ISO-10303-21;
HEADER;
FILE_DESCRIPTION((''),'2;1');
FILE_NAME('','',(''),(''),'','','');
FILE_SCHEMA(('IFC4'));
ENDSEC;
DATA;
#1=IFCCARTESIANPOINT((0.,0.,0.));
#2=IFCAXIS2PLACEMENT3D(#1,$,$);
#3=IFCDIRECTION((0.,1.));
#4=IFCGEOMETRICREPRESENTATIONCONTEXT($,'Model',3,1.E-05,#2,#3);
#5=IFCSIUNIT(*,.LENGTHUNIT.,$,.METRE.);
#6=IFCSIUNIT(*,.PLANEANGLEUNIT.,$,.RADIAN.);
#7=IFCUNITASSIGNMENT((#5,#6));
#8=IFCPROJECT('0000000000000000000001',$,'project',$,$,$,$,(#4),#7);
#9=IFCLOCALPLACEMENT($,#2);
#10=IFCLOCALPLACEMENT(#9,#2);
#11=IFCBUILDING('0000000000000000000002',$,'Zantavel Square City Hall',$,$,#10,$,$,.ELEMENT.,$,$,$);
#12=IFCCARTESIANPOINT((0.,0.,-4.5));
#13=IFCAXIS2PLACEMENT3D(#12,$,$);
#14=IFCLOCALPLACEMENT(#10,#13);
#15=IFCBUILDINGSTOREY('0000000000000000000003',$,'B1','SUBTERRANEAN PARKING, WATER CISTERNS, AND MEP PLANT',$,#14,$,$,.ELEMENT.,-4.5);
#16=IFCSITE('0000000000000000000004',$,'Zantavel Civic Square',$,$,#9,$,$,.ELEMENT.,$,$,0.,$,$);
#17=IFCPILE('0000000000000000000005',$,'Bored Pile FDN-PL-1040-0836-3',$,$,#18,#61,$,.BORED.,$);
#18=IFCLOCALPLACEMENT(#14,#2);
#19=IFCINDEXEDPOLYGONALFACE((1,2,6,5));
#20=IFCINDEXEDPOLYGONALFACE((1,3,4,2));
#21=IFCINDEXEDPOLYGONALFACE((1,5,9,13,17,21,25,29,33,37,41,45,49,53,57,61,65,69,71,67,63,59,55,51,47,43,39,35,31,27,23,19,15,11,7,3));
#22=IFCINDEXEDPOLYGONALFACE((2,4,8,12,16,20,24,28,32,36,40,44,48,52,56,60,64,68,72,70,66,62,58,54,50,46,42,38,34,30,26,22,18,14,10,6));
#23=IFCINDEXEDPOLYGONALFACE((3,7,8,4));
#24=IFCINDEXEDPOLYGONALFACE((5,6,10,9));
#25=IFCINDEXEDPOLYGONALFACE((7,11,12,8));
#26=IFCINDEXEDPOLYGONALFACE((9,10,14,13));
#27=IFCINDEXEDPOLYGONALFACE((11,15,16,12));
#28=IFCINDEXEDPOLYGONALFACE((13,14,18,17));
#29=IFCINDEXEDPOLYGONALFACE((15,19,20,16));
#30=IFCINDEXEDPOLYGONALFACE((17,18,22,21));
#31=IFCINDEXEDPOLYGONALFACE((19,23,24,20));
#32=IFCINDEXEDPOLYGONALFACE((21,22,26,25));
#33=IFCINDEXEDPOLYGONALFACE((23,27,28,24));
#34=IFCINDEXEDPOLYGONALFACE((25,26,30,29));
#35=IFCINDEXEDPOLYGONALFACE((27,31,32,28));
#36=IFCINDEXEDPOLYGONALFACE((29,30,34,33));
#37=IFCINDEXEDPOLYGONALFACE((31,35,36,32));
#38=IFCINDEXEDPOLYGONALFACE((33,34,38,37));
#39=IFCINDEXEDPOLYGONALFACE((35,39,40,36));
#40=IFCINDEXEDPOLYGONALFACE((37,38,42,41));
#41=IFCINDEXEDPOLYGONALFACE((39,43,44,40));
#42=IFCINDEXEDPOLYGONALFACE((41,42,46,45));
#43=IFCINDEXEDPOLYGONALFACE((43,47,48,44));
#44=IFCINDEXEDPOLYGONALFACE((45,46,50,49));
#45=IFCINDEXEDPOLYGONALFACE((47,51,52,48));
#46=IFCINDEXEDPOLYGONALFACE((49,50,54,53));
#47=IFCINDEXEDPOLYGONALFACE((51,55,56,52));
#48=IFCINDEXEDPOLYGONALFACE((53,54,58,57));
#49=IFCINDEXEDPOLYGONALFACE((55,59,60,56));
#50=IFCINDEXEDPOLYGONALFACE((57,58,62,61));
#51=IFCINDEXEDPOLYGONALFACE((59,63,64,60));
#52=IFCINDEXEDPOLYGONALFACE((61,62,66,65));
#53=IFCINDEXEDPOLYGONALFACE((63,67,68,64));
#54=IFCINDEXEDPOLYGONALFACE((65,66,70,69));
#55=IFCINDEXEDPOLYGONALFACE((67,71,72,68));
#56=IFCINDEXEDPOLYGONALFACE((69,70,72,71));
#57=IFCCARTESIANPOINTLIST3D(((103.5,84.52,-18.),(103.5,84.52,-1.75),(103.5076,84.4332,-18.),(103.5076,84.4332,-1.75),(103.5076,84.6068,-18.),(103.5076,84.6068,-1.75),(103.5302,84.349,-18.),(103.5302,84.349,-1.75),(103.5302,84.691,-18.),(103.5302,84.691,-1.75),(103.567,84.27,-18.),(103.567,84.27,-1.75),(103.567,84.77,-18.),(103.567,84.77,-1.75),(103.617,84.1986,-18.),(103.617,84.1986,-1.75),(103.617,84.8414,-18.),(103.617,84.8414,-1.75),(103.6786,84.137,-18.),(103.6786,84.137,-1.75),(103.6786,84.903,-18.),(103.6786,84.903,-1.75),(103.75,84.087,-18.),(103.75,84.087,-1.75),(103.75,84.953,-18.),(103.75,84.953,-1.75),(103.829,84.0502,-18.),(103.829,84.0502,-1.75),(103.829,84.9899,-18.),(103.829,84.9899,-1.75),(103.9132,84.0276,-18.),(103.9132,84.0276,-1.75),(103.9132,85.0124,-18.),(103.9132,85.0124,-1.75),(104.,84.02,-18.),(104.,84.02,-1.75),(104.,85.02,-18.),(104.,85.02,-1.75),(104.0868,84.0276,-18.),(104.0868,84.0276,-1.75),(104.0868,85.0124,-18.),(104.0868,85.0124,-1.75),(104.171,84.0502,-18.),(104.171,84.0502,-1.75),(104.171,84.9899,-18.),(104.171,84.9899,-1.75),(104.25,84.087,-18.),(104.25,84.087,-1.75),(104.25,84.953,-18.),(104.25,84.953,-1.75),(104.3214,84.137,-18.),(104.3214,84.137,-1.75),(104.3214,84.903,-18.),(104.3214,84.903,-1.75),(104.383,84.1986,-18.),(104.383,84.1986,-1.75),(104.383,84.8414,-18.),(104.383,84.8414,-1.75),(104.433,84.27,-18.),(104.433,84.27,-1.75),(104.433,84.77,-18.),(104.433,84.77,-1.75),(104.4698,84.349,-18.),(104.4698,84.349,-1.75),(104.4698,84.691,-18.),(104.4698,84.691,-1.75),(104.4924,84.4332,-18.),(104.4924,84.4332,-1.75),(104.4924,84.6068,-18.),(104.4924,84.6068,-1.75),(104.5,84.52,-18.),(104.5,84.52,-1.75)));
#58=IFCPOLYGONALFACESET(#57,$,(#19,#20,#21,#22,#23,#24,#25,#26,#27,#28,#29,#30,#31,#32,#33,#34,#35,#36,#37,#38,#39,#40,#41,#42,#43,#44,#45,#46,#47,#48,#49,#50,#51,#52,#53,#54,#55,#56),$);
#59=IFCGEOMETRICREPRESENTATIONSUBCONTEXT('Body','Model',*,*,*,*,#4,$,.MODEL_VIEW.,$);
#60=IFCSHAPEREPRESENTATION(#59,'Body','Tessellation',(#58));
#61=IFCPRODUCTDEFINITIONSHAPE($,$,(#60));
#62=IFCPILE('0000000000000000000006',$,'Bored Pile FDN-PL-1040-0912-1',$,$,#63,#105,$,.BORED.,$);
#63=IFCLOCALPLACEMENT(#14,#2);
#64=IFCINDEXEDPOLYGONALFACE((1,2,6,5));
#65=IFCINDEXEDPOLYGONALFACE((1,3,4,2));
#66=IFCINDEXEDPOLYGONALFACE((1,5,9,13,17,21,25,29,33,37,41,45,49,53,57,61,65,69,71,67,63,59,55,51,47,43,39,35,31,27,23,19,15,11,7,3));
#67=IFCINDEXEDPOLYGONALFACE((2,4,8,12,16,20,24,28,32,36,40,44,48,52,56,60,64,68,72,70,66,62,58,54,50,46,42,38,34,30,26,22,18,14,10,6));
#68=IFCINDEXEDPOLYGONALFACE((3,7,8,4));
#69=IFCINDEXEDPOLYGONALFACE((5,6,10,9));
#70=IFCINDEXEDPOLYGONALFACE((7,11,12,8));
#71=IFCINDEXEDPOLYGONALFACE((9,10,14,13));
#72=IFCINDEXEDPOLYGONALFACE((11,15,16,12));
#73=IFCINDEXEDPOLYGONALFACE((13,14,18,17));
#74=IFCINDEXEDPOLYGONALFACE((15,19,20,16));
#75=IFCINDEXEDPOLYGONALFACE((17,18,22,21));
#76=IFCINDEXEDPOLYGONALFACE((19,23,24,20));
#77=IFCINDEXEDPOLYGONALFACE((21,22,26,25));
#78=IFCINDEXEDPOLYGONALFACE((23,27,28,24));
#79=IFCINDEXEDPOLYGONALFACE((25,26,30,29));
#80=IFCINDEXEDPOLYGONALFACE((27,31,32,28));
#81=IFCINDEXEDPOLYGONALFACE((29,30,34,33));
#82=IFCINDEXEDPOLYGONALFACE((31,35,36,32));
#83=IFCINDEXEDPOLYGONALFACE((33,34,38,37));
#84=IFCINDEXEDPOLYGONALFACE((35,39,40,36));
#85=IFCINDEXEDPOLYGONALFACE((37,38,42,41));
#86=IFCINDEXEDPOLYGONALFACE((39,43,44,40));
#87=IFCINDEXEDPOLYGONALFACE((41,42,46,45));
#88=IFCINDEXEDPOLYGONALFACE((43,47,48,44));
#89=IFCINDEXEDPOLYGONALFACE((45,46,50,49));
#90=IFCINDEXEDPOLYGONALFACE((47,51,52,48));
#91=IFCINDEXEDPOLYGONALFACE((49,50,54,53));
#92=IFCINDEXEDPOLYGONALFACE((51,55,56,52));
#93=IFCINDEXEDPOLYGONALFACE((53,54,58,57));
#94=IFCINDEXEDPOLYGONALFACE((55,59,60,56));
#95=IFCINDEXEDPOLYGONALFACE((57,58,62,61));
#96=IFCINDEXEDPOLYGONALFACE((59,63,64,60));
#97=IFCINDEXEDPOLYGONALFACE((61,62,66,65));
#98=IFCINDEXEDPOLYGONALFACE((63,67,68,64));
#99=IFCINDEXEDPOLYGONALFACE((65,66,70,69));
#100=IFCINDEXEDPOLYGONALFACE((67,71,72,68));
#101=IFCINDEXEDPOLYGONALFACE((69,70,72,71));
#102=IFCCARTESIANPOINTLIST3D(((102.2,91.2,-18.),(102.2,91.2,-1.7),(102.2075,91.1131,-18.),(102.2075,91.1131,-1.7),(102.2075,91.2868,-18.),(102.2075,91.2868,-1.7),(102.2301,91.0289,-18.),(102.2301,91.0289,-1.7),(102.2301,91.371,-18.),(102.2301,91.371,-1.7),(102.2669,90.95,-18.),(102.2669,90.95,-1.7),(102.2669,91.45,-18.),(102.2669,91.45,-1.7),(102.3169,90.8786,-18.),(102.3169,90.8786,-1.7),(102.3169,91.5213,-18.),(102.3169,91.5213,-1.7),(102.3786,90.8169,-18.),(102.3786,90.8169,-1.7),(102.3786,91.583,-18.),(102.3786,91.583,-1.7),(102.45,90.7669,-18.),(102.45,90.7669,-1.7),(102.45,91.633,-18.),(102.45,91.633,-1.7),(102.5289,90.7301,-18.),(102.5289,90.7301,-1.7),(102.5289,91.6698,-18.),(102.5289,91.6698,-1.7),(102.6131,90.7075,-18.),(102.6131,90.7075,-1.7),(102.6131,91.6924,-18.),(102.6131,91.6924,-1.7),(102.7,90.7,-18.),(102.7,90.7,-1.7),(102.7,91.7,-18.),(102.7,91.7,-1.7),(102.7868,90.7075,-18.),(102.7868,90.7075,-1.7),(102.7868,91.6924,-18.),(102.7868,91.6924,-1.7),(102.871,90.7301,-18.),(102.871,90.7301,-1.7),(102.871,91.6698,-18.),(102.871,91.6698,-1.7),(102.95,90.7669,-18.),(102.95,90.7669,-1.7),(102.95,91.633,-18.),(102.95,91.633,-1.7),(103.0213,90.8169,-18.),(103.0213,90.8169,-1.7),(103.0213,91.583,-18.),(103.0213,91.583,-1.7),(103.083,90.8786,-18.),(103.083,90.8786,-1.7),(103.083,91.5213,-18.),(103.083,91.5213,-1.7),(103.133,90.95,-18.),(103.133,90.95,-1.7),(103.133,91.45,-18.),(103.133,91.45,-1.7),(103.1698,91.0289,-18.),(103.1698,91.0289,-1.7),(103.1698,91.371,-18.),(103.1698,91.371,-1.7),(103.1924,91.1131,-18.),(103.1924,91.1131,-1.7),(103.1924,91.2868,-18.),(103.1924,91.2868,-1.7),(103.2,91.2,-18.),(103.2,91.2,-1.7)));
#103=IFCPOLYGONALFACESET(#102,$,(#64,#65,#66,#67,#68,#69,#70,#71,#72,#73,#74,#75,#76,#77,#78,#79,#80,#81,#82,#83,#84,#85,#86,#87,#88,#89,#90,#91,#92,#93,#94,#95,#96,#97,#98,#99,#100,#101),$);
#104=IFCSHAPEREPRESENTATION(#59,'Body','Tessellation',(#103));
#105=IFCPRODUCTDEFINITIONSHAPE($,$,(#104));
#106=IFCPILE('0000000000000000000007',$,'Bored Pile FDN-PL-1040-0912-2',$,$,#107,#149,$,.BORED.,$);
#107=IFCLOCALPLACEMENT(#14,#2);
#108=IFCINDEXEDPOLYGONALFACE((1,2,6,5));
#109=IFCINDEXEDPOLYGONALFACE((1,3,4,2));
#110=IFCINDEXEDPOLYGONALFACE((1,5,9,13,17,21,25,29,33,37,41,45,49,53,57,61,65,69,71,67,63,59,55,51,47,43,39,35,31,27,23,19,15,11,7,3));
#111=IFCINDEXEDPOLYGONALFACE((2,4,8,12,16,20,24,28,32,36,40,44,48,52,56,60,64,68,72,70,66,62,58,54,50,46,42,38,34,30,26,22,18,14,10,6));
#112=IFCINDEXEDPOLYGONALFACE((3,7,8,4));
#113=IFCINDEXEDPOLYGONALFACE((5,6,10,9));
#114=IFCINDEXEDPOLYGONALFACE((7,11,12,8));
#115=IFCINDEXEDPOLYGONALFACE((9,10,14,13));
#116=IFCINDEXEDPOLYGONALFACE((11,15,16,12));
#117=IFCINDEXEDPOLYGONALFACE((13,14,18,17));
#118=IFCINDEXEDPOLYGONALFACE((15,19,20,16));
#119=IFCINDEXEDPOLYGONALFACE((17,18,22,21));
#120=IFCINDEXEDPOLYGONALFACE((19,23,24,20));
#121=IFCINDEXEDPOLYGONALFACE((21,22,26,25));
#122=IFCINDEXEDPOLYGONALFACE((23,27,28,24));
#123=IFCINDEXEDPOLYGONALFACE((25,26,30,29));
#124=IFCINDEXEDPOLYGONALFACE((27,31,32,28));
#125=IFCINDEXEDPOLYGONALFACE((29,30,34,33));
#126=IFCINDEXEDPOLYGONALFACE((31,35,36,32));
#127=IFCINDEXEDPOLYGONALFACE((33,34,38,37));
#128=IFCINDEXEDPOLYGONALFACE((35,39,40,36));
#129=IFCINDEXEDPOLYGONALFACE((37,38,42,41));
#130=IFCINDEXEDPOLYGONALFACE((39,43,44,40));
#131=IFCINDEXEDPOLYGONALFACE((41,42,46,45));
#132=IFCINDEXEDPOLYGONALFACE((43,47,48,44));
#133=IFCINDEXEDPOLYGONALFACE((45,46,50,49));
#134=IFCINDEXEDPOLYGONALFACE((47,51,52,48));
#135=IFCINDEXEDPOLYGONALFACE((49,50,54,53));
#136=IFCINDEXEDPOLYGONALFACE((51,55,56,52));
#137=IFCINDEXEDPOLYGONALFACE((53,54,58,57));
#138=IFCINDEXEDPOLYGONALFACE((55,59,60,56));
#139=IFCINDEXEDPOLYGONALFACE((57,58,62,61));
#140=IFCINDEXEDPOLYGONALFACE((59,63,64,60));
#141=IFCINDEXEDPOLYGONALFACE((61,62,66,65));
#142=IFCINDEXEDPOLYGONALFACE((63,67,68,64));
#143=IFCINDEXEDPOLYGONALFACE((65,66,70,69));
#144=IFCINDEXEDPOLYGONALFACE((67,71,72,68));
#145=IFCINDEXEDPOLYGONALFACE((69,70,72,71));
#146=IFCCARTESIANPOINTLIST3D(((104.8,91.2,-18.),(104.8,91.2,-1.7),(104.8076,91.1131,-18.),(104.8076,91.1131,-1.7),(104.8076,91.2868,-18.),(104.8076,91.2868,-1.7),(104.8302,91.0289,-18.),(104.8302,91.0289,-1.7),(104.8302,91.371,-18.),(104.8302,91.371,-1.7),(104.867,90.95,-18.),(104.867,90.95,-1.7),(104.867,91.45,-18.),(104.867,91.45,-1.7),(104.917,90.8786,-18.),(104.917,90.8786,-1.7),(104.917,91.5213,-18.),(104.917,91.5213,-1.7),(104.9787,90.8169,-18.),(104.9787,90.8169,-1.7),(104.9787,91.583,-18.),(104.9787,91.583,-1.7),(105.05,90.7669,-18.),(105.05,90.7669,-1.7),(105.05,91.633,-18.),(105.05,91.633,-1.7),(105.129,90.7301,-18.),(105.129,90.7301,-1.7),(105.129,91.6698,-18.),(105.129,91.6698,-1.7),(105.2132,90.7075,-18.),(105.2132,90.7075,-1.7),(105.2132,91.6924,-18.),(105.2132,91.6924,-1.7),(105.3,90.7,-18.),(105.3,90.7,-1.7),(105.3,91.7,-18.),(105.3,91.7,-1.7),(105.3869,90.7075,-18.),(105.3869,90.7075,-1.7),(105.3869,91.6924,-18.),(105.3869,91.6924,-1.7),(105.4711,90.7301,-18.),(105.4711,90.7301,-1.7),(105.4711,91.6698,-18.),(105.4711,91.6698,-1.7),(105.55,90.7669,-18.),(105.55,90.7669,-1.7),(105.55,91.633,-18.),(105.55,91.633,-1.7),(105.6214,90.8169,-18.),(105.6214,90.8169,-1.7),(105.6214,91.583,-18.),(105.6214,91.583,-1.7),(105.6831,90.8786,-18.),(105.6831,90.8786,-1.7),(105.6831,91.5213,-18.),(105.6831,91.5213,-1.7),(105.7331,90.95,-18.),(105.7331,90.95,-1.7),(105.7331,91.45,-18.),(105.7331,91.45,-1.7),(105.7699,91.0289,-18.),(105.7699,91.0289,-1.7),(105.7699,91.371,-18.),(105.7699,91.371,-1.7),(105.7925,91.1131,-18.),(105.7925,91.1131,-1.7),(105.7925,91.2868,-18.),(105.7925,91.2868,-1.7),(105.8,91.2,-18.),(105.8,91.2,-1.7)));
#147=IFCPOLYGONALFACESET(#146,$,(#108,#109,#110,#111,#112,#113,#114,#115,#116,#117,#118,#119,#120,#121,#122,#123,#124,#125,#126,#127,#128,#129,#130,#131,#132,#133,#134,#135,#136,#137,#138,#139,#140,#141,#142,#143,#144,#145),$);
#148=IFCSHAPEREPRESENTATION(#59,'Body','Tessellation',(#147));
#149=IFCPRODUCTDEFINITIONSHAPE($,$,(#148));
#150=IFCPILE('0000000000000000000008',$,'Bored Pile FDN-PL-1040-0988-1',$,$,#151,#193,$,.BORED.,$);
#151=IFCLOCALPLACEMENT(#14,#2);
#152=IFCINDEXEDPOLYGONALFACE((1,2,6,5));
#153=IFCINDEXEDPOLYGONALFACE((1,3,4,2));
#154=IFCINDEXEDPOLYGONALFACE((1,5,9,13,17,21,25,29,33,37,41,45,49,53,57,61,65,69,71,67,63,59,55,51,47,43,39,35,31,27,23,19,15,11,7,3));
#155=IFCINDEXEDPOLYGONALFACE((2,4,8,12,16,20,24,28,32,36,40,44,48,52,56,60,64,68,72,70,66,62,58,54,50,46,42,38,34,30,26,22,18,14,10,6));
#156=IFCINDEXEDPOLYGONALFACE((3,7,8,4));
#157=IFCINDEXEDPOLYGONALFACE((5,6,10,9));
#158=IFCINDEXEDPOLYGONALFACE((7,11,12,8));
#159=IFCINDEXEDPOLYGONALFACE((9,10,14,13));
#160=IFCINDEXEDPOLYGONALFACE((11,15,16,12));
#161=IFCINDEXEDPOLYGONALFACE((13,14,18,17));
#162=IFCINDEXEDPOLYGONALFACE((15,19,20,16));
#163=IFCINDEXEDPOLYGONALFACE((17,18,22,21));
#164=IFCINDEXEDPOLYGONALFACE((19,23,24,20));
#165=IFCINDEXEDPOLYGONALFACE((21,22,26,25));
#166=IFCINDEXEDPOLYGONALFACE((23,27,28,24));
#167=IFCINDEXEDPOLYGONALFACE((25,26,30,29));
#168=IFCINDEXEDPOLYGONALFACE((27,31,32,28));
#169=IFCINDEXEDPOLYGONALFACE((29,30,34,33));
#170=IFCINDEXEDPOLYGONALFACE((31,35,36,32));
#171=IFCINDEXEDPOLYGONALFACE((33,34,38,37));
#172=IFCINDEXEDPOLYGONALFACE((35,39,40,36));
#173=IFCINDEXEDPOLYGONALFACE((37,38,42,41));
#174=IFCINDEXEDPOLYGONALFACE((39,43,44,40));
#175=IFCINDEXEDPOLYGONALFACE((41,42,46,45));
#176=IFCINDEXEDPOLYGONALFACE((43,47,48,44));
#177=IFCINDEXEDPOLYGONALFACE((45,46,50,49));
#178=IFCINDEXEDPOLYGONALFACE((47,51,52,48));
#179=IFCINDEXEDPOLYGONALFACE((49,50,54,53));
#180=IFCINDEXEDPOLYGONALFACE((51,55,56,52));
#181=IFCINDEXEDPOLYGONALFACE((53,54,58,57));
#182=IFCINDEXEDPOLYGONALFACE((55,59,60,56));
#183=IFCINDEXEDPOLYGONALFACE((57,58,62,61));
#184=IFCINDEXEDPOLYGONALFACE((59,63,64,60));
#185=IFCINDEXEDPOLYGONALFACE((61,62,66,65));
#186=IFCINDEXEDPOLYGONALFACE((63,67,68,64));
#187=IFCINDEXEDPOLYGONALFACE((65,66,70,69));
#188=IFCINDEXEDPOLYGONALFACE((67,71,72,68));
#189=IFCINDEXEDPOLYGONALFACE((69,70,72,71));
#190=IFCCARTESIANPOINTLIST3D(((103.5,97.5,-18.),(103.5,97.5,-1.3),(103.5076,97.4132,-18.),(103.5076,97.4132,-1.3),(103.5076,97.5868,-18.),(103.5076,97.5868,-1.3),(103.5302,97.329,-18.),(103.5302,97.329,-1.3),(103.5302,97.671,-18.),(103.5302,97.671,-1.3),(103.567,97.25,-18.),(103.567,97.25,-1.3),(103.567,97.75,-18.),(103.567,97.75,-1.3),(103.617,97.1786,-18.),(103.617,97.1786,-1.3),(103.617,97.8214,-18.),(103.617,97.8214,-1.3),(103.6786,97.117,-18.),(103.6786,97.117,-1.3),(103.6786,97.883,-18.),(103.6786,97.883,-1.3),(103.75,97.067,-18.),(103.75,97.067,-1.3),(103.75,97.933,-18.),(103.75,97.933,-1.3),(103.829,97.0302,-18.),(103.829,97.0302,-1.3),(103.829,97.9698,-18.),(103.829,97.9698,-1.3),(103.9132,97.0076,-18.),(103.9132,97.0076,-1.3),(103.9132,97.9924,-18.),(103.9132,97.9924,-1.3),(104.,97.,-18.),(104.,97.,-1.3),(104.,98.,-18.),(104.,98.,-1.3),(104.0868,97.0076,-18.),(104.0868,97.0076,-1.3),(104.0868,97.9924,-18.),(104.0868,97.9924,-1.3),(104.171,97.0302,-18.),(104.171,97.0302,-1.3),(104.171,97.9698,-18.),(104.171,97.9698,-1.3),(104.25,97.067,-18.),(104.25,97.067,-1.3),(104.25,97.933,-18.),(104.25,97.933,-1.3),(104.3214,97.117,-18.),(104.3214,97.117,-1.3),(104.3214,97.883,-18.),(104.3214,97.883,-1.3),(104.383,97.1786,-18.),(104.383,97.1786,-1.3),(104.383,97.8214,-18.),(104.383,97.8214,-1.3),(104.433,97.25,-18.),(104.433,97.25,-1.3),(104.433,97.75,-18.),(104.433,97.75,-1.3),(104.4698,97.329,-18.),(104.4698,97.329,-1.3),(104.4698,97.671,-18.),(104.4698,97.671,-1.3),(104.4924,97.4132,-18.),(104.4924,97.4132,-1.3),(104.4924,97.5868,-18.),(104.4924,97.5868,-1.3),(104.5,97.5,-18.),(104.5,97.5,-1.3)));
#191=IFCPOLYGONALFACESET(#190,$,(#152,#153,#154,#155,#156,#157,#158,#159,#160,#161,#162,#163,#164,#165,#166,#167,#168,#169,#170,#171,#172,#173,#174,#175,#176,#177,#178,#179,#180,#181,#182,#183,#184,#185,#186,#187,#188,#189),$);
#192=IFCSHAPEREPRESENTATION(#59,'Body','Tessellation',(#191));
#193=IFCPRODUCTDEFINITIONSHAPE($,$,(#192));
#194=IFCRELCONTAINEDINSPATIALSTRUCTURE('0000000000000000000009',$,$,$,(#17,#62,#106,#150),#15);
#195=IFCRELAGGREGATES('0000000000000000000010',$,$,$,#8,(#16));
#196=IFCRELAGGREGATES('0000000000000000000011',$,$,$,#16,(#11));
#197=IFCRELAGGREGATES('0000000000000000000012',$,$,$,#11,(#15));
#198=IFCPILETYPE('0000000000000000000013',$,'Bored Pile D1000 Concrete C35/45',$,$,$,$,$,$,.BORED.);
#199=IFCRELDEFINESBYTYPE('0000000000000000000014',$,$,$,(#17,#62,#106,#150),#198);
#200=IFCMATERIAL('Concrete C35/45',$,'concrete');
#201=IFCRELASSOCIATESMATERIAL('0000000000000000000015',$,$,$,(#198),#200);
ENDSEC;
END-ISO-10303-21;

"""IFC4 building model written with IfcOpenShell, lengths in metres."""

from ifc_helpers import new_model, si_unit, direction, frame, origin, origin_2d, place, context, subcontext, project, spatial, circle, extrude, material, material_profile, profile_set, type_object, element, save


model = new_model("IFC4")

# Units and contexts
model_context = context("Model", 3, precision=1e-05, world=origin(), true_north=direction((0.0, 1.0)))
body_context = subcontext(model_context, "Body", "Model", "MODEL_VIEW")
ifc_project = project(units=[si_unit("LENGTHUNIT", "METRE"), si_unit("PLANEANGLEUNIT", "RADIAN")], contexts=[model_context])

# Site, building, storey
site_placement = place(None, origin())
site = spatial("IfcSite", under=ifc_project, at=site_placement, Name="Zantavel Civic Square", CompositionType="ELEMENT", RefElevation=0.0)
building_placement = place(site_placement, origin())
building = spatial("IfcBuilding", under=site, at=building_placement, Name="Zantavel Square City Hall", CompositionType="ELEMENT")
storey_placement = place(building_placement, frame((0.0, 0.0, -4.5)))
storey = spatial("IfcBuildingStorey", under=building, at=storey_placement, Name="B1", Description="SUBTERRANEAN PARKING, WATER CISTERNS, AND MEP PLANT", CompositionType="ELEMENT", Elevation=-4.5)

# Piles
ifc_material_1 = material(Name="Concrete C35/45", Category="concrete")
ifc_material_profile_1 = material_profile(ifc_material_1, circle(Radius=0.5, at=origin_2d()), Name="PILE D1000")
ifc_profile_set_1 = profile_set([ifc_material_profile_1], Name="Concrete C35/45")
pile_type = type_object("IfcPileType", Name="Bored Pile D1000 Concrete C35/45", PredefinedType="BORED", material=ifc_profile_set_1)
pile_placement = place(storey_placement, frame((104.0, 84.52, -1.75), z_axis=(0.0, 0.0, -1.0), x_axis=(1.0, 0.0, 0.0)))
element("IfcPile", 1, at=pile_placement, inside=storey, type_object=pile_type, Name="Bored Pile FDN-PL-1040-0836-3", PredefinedType="BORED", context=body_context, shape_type="SweptSolid", body=[
    extrude(circle(Radius=0.5, at=origin_2d()), origin(), (0.0, 0.0, 1.0), 16.25),
])
for number, where, z_axis, x_axis, name in (
    (2, (102.7, 91.2, -1.7), (0.0, 0.0, -1.0), (1.0, 0.0, 0.0), "Bored Pile FDN-PL-1040-0912-1"),
    (3, (105.3, 91.2, -1.7), (0.0, 0.0, -1.0), (1.0, 0.0, 0.0), "Bored Pile FDN-PL-1040-0912-2"),
):
    element("IfcPile", number, at=place(storey_placement, frame(where, z_axis=z_axis, x_axis=x_axis)), inside=storey, type_object=pile_type, Name=name, PredefinedType="BORED", context=body_context, shape_type="SweptSolid", body=[
        extrude(circle(Radius=0.5, at=origin_2d()), origin(), (0.0, 0.0, 1.0), 16.3),
    ])
for number, where, z_axis, x_axis, name in (
    (4, (104.0, 97.5, -1.3), (0.0, 0.0, -1.0), (1.0, 0.0, 0.0), "Bored Pile FDN-PL-1040-0988-1"),
):
    element("IfcPile", number, at=place(storey_placement, frame(where, z_axis=z_axis, x_axis=x_axis)), inside=storey, type_object=pile_type, Name=name, PredefinedType="BORED", context=body_context, shape_type="SweptSolid", body=[
        extrude(circle(Radius=0.5, at=origin_2d()), origin(), (0.0, 0.0, 1.0), 16.7),
    ])

save(model, "model.ifc")
